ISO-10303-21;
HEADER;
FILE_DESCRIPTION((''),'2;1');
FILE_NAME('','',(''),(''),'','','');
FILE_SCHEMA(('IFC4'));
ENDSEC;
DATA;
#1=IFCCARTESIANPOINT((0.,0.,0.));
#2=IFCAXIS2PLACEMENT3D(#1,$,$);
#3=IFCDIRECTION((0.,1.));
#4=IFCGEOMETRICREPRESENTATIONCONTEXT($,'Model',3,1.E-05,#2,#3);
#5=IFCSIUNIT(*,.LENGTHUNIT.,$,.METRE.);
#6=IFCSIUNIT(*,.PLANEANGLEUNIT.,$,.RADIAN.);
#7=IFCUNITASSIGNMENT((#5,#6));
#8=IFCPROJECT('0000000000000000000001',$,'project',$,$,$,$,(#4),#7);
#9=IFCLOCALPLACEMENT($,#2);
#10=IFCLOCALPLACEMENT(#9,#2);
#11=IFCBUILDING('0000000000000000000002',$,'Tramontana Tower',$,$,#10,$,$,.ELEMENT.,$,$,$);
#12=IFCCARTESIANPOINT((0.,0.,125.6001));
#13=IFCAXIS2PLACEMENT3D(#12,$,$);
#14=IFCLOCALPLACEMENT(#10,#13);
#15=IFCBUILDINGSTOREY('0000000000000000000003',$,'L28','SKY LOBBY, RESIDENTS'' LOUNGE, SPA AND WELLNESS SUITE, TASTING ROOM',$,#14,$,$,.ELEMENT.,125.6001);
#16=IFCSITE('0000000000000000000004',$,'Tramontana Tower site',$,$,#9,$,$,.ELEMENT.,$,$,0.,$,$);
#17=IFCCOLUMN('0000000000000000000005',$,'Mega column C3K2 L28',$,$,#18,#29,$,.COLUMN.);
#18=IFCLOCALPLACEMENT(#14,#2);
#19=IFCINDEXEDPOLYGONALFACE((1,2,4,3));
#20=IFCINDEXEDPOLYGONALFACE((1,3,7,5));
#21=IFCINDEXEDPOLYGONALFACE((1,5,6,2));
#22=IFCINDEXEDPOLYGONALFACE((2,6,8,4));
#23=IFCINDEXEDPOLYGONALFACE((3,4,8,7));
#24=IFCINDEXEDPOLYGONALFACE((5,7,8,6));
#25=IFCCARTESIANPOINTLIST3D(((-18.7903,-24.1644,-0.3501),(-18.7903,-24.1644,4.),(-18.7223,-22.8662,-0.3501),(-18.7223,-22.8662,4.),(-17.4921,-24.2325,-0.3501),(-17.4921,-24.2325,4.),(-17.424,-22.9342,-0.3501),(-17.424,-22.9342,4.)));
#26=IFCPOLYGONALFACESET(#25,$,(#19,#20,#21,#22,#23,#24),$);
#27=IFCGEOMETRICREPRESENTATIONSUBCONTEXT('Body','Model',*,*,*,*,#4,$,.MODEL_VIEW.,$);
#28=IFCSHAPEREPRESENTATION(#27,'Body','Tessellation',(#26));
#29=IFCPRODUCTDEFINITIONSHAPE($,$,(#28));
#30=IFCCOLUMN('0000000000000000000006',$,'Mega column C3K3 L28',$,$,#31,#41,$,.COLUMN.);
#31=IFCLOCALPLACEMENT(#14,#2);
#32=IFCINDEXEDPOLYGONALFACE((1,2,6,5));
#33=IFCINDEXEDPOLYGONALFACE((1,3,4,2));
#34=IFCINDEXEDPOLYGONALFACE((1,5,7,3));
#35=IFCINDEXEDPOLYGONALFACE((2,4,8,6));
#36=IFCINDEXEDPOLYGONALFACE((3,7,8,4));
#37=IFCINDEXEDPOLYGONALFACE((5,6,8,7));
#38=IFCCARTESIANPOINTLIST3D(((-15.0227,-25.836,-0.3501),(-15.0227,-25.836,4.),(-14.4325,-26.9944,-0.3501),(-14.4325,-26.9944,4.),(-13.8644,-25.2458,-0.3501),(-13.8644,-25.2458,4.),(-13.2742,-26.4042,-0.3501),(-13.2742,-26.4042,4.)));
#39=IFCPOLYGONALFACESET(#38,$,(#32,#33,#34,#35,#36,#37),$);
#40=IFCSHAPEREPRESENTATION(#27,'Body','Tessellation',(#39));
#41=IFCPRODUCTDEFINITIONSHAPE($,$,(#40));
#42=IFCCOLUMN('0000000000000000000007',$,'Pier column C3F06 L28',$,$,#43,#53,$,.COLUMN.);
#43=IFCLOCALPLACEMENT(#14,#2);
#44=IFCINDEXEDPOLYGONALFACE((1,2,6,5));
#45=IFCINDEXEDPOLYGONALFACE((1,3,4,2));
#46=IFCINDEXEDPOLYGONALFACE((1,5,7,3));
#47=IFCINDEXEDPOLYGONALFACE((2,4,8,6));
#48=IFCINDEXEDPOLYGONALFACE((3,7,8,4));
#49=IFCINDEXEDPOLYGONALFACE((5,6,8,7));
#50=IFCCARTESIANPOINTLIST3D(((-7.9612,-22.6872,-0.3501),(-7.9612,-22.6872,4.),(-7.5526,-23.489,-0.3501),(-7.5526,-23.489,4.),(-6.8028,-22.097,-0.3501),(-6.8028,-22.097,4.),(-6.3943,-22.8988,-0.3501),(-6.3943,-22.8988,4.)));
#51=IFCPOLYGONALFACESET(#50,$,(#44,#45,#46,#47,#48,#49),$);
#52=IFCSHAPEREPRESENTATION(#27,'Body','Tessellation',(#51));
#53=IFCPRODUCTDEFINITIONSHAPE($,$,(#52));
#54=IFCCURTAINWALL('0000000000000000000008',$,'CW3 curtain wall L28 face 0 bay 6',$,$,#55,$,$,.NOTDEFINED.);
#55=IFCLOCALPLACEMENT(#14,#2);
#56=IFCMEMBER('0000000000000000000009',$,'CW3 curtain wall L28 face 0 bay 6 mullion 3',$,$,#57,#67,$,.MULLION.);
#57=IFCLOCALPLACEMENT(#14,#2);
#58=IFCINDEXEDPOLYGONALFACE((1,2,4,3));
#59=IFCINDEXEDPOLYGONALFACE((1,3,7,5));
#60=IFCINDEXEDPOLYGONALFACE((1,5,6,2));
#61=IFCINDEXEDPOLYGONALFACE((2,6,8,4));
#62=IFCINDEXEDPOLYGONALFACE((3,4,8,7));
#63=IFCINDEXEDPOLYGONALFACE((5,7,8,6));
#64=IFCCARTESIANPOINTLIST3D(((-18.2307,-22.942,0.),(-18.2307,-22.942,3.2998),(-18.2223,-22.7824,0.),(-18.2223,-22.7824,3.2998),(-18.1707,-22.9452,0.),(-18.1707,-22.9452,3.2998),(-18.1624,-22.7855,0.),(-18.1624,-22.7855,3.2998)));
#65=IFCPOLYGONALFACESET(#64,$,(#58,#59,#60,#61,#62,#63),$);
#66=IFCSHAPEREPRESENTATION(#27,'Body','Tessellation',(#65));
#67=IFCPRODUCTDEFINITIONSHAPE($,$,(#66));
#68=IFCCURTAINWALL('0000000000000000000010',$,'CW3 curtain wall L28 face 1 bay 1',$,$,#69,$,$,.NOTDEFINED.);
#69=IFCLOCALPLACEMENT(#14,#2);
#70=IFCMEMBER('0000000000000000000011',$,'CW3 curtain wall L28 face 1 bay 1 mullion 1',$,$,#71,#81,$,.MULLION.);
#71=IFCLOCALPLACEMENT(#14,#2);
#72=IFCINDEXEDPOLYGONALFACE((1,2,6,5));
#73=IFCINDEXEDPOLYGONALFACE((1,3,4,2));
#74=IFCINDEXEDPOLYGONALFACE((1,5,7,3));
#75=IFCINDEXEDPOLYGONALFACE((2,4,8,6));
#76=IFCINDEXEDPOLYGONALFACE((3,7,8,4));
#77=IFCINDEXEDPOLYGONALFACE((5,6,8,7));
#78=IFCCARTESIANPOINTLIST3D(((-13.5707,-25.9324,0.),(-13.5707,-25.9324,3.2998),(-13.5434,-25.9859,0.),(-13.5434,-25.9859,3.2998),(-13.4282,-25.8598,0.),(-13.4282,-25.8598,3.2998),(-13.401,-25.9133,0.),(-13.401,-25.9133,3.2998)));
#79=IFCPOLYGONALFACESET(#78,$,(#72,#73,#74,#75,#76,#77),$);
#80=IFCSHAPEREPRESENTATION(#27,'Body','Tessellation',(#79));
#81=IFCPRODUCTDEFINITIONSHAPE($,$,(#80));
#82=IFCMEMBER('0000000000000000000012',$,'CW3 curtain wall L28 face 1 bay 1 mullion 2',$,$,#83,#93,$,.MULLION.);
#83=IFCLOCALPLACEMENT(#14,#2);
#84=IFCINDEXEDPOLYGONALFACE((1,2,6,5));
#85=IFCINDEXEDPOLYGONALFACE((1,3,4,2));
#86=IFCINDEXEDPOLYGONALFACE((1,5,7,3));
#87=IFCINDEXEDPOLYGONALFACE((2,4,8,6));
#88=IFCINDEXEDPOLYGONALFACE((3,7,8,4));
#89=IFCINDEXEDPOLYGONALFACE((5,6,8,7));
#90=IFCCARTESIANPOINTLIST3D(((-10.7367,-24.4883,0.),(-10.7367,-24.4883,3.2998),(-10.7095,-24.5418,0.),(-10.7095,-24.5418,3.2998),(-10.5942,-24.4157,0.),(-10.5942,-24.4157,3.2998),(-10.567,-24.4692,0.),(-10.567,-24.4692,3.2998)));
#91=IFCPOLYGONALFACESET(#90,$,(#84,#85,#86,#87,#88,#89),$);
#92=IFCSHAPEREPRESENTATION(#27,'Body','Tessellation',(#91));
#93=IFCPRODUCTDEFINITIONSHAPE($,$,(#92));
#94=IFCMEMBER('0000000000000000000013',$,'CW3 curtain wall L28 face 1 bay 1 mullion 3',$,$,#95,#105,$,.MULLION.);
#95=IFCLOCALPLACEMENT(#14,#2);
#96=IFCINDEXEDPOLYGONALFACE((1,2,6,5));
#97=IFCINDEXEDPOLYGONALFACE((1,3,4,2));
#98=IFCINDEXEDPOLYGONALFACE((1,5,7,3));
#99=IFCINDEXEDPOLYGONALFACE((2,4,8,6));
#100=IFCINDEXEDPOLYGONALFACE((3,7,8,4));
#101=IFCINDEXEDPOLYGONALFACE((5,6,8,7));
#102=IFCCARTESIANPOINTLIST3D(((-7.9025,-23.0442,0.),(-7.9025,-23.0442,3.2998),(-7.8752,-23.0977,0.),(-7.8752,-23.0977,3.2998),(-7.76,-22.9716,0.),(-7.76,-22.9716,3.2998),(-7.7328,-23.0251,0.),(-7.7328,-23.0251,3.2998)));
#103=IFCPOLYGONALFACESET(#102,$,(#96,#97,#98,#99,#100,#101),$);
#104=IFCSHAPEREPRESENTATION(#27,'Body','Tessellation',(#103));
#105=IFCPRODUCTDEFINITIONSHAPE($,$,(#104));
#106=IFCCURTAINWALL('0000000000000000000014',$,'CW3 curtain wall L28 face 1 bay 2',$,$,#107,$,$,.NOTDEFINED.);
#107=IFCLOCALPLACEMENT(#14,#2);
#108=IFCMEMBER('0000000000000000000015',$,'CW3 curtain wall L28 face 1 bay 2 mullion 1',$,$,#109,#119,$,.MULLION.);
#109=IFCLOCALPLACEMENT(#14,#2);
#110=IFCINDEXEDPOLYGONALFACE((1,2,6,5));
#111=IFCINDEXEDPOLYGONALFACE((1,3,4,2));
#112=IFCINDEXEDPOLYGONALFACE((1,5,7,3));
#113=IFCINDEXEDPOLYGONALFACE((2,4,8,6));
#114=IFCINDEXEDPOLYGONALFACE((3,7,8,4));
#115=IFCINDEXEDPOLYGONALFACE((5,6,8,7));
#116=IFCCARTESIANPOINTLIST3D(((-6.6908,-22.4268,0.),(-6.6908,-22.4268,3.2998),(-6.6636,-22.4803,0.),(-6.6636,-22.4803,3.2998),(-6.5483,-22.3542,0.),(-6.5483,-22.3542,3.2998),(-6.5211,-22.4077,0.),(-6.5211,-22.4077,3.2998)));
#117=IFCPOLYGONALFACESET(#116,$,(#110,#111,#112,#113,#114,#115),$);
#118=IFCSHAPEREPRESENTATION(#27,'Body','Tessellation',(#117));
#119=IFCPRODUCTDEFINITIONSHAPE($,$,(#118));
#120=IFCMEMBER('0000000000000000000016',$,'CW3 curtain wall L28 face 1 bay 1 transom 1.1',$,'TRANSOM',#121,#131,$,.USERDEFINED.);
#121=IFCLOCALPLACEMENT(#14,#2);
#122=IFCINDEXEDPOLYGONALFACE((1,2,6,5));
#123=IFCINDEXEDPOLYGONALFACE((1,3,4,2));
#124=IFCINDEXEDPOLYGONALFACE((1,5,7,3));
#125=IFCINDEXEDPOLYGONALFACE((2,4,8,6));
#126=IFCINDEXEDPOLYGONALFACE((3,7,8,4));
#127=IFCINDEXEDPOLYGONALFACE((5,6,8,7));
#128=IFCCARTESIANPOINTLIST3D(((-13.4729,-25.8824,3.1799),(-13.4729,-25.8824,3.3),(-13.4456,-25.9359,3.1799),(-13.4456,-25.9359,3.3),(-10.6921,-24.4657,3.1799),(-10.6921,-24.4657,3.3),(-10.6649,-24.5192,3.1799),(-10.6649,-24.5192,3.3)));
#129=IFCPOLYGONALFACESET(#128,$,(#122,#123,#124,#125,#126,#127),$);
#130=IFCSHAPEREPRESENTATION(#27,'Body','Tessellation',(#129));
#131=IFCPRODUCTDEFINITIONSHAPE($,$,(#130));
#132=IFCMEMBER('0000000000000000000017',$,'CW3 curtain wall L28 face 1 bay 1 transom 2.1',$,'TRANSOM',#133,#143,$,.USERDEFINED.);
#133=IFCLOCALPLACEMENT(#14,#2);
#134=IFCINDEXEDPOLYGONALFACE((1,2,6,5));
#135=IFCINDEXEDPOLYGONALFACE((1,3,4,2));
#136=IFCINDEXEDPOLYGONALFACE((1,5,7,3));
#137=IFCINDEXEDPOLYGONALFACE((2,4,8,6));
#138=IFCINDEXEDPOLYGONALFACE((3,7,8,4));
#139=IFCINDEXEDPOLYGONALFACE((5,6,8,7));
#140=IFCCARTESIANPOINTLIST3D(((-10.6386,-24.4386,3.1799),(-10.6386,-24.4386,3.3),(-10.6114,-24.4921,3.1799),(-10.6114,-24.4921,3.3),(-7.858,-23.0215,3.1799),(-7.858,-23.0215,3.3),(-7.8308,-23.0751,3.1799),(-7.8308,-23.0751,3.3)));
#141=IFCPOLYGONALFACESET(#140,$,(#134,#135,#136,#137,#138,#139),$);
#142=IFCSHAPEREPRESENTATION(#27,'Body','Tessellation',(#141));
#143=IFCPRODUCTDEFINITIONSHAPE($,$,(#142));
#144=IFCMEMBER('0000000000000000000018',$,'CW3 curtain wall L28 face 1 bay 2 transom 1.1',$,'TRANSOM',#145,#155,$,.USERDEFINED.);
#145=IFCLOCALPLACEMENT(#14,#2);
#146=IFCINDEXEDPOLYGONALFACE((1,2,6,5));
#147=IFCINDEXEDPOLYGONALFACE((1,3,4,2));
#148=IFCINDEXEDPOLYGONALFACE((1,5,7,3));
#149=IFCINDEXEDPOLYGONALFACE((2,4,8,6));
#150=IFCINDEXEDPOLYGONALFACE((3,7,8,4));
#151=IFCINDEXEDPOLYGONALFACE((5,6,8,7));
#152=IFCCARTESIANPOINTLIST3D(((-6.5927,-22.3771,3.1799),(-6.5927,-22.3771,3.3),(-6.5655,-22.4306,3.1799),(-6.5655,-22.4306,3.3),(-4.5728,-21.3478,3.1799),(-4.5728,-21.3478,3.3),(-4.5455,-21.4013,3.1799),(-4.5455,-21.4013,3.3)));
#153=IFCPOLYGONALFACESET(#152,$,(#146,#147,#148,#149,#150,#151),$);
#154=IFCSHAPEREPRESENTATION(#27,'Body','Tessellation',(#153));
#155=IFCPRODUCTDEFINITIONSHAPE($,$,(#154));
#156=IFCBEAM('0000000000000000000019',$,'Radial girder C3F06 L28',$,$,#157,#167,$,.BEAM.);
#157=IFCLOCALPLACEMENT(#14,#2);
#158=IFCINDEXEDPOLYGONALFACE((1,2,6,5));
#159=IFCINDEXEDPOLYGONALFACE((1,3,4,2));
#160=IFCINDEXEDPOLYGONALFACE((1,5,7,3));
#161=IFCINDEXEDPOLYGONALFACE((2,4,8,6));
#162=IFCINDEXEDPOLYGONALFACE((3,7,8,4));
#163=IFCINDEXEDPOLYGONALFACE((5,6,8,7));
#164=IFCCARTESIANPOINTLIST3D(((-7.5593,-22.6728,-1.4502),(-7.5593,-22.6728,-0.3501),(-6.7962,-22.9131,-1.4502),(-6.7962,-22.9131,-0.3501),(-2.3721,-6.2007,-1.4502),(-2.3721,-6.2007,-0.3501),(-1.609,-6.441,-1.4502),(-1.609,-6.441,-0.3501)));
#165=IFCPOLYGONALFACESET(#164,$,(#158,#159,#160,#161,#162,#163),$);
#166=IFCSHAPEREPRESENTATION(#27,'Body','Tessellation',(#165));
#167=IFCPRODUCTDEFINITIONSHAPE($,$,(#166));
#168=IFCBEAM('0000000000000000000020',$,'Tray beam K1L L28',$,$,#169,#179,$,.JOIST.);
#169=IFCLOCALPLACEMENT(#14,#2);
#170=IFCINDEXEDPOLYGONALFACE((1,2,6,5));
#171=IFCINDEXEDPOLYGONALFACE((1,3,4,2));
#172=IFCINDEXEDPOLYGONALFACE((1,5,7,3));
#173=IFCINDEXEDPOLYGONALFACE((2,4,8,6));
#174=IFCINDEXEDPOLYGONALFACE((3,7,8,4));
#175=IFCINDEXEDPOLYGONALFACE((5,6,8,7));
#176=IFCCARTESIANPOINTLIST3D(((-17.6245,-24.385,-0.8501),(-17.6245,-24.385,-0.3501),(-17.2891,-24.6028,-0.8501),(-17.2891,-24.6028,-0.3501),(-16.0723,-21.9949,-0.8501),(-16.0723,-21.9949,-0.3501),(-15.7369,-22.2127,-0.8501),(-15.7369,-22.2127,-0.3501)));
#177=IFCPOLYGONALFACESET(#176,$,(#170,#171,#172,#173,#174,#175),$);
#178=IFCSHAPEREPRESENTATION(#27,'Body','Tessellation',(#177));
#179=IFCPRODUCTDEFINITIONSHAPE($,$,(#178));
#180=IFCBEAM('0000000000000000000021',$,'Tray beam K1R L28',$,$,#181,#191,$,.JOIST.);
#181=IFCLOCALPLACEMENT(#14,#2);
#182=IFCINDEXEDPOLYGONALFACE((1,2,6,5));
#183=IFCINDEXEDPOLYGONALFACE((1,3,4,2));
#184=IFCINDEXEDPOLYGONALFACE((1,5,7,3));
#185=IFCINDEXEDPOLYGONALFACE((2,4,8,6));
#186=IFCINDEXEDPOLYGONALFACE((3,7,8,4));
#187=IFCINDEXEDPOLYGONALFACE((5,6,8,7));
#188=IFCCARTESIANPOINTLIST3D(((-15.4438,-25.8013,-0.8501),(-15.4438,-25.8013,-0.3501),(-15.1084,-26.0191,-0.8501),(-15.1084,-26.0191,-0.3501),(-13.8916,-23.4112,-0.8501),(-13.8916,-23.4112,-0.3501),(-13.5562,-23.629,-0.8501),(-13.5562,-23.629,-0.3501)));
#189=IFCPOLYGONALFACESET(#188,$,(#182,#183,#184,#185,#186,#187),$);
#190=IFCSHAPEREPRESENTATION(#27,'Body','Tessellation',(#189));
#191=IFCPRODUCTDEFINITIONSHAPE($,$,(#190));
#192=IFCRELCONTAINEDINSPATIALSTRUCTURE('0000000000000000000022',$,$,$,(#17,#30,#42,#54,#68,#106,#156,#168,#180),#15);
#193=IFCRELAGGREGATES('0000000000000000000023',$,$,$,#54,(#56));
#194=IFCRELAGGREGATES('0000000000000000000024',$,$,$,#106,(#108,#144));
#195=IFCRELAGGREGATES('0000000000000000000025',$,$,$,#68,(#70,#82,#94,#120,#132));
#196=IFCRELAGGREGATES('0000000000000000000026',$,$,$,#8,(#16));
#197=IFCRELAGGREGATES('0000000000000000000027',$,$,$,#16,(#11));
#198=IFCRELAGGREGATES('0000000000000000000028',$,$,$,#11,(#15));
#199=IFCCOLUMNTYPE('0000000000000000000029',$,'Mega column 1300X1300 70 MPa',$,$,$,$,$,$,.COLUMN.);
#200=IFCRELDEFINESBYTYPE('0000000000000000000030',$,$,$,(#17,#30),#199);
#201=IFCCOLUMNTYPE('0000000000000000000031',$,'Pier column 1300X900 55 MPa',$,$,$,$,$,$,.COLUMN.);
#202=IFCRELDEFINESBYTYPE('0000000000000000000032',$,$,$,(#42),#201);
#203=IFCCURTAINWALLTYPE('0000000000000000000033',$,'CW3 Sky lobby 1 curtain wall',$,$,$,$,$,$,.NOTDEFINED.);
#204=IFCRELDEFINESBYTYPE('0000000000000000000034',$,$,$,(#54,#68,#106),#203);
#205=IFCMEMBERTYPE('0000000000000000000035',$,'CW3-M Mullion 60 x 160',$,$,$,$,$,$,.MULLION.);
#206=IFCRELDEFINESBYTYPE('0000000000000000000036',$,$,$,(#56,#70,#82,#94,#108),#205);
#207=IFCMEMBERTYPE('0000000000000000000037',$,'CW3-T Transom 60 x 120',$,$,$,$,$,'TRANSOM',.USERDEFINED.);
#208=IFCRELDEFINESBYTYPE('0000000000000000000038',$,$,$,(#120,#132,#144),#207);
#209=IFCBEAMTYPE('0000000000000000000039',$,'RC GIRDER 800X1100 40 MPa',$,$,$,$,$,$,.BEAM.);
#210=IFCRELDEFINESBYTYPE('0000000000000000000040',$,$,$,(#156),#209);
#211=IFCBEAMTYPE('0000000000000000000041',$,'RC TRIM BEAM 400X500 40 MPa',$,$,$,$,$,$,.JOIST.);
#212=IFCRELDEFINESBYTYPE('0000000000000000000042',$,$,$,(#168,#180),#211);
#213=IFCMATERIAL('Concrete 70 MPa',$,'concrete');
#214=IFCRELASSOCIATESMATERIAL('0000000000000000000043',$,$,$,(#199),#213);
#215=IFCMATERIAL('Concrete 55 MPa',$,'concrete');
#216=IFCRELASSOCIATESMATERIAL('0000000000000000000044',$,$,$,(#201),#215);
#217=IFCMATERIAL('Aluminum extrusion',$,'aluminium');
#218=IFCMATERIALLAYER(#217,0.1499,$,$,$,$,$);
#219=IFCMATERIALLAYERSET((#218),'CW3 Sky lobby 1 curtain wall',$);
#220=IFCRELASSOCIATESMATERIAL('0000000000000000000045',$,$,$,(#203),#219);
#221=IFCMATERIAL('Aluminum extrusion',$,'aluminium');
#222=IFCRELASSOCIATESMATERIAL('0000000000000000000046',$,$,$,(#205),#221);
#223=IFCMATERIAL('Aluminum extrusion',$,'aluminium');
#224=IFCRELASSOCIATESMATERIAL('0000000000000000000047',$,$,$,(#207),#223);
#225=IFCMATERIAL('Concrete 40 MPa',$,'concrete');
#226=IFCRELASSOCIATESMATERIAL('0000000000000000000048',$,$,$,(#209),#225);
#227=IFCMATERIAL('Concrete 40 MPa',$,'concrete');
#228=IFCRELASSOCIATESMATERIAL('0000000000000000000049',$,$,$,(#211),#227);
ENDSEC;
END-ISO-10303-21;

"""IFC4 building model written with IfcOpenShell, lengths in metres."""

from ifc_helpers import new_model, si_unit, direction, frame, origin, origin_2d, place, context, subcontext, project, spatial, rectangle, extrude, material, layer, layer_set, material_profile, profile_set, type_object, element, aggregate, save


model = new_model("IFC4")

# Units and contexts
model_context = context("Model", 3, precision=1e-05, world=origin(), true_north=direction((0.0, 1.0)))
body_context = subcontext(model_context, "Body", "Model", "MODEL_VIEW")
ifc_project = project(units=[si_unit("LENGTHUNIT", "METRE"), si_unit("PLANEANGLEUNIT", "RADIAN")], contexts=[model_context])

# Site, building, storey
site_placement = place(None, origin())
site = spatial("IfcSite", under=ifc_project, at=site_placement, Name="Tramontana Tower site", CompositionType="ELEMENT", RefElevation=0.0)
building_placement = place(site_placement, origin())
building = spatial("IfcBuilding", under=site, at=building_placement, Name="Tramontana Tower", CompositionType="ELEMENT")
storey_placement = place(building_placement, frame((0.0, 0.0, 125.6001)))
storey = spatial("IfcBuildingStorey", under=building, at=storey_placement, Name="L28", Description="SKY LOBBY, RESIDENTS' LOUNGE, SPA AND WELLNESS SUITE, TASTING ROOM", CompositionType="ELEMENT", Elevation=125.6001)

# Columns
ifc_material_1 = material(Name="Concrete 70 MPa", Category="concrete")
ifc_material_profile_1 = material_profile(ifc_material_1, rectangle(XDim=1.3, YDim=1.3, at=origin_2d()), Name="Mega column 1300X1300 70 MPa")
ifc_profile_set_1 = profile_set([ifc_material_profile_1], Name="Concrete 70 MPa")
column_type_1 = type_object("IfcColumnType", Name="Mega column 1300X1300 70 MPa", PredefinedType="COLUMN", material=ifc_profile_set_1)
for number, where, z_axis, x_axis, name in (
    (1, (-18.1072, -23.5493, -0.3501), (0.0, 0.0, 1.0), (-0.052336, -0.99863, 0.0), "Mega column C3K2 L28"),
    (2, (-14.1484, -26.1201, -0.3501), (0.0, 0.0, 1.0), (0.891007, 0.45399, 0.0), "Mega column C3K3 L28"),
):
    element("IfcColumn", number, at=place(storey_placement, frame(where, z_axis=z_axis, x_axis=x_axis)), inside=storey, type_object=column_type_1, Name=name, PredefinedType="COLUMN", context=body_context, shape_type="SweptSolid", body=[
        extrude(rectangle(XDim=1.3, YDim=1.3, at=origin_2d()), origin(), (0.0, 0.0, 1.0), 4.3501),
    ])
ifc_material_2 = material(Name="Concrete 55 MPa", Category="concrete")
ifc_material_profile_2 = material_profile(ifc_material_2, rectangle(XDim=1.3, YDim=0.8999, at=origin_2d()), Name="Pier column 1300X900 55 MPa")
ifc_profile_set_2 = profile_set([ifc_material_profile_2], Name="Concrete 55 MPa")
column_type_2 = type_object("IfcColumnType", Name="Pier column 1300X900 55 MPa", PredefinedType="COLUMN", material=ifc_profile_set_2)
column_placement = place(storey_placement, frame((-7.1777, -22.793, -0.3501), z_axis=(0.0, 0.0, 1.0), x_axis=(0.891007, 0.45399, 0.0)))
element("IfcColumn", 3, at=column_placement, inside=storey, type_object=column_type_2, Name="Pier column C3F06 L28", PredefinedType="COLUMN", context=body_context, shape_type="SweptSolid", body=[
    extrude(rectangle(XDim=1.3, YDim=0.8999, at=origin_2d()), origin(), (0.0, 0.0, 1.0), 4.3501),
])

# Curtain wall, member
ifc_material_3 = material(Name="Aluminum extrusion", Category="aluminium")
ifc_layer_1 = layer(ifc_material_3, 0.1499)
ifc_layer_set_1 = layer_set([ifc_layer_1], Name="CW3 Sky lobby 1 curtain wall")
curtain_wall_type = type_object("IfcCurtainWallType", Name="CW3 Sky lobby 1 curtain wall", PredefinedType="NOTDEFINED", material=ifc_layer_set_1)
curtain_wall_1_placement = place(storey_placement, origin())
curtain_wall_1 = element("IfcCurtainWall", 4, at=curtain_wall_1_placement, inside=storey, type_object=curtain_wall_type, Name="CW3 curtain wall L28 face 0 bay 6", PredefinedType="NOTDEFINED")
ifc_material_4 = material(Name="Aluminum extrusion", Category="aluminium")
ifc_material_profile_3 = material_profile(ifc_material_4, rectangle(XDim=0.0601, YDim=0.1599, at=origin_2d()), Name="CW3-M Mullion 60 x 160")
ifc_profile_set_3 = profile_set([ifc_material_profile_3], Name="Aluminum extrusion")
member_type_1 = type_object("IfcMemberType", Name="CW3-M Mullion 60 x 160", PredefinedType="MULLION", material=ifc_profile_set_3)
member_1_placement = place(storey_placement, frame((-18.1965, -22.8638, 0.0), z_axis=(0.0, 0.0, 1.0), x_axis=(0.99863, -0.052336, 0.0)))
member_1 = element("IfcMember", 5, at=member_1_placement, type_object=member_type_1, Name="CW3 curtain wall L28 face 0 bay 6 mullion 3", PredefinedType="MULLION", context=body_context, shape_type="SweptSolid", body=[
    extrude(rectangle(XDim=0.0601, YDim=0.1599, at=origin_2d()), origin(), (0.0, 0.0, 1.0), 3.2998),
])
aggregate(curtain_wall_1, [member_1])

# Curtain wall, members
curtain_wall_2_placement = place(storey_placement, origin())
curtain_wall_2 = element("IfcCurtainWall", 6, at=curtain_wall_2_placement, inside=storey, type_object=curtain_wall_type, Name="CW3 curtain wall L28 face 1 bay 1", PredefinedType="NOTDEFINED")
member_2_placement = place(storey_placement, frame((-13.4858, -25.9229, 0.0), z_axis=(0.0, 0.0, 1.0), x_axis=(-0.45399, 0.891007, 0.0)))
member_2 = element("IfcMember", 7, at=member_2_placement, type_object=member_type_1, Name="CW3 curtain wall L28 face 1 bay 1 mullion 1", PredefinedType="MULLION", context=body_context, shape_type="SweptSolid", body=[
    extrude(rectangle(XDim=0.0601, YDim=0.1599, at=origin_2d()), origin(), (0.0, 0.0, 1.0), 3.2998),
])
member_3_placement = place(storey_placement, frame((-10.6519, -24.4788, 0.0), z_axis=(0.0, 0.0, 1.0), x_axis=(-0.45399, 0.891007, 0.0)))
member_3 = element("IfcMember", 8, at=member_3_placement, type_object=member_type_1, Name="CW3 curtain wall L28 face 1 bay 1 mullion 2", PredefinedType="MULLION", context=body_context, shape_type="SweptSolid", body=[
    extrude(rectangle(XDim=0.0601, YDim=0.1599, at=origin_2d()), origin(), (0.0, 0.0, 1.0), 3.2998),
])
member_4_placement = place(storey_placement, frame((-7.8176, -23.0347, 0.0), z_axis=(0.0, 0.0, 1.0), x_axis=(-0.45399, 0.891007, 0.0)))
member_4 = element("IfcMember", 9, at=member_4_placement, type_object=member_type_1, Name="CW3 curtain wall L28 face 1 bay 1 mullion 3", PredefinedType="MULLION", context=body_context, shape_type="SweptSolid", body=[
    extrude(rectangle(XDim=0.0601, YDim=0.1599, at=origin_2d()), origin(), (0.0, 0.0, 1.0), 3.2998),
])

# Curtain wall, member
curtain_wall_3_placement = place(storey_placement, origin())
curtain_wall_3 = element("IfcCurtainWall", 10, at=curtain_wall_3_placement, inside=storey, type_object=curtain_wall_type, Name="CW3 curtain wall L28 face 1 bay 2", PredefinedType="NOTDEFINED")
member_5_placement = place(storey_placement, frame((-6.606, -22.4172, 0.0), z_axis=(0.0, 0.0, 1.0), x_axis=(-0.45399, 0.891007, 0.0)))
member_5 = element("IfcMember", 11, at=member_5_placement, type_object=member_type_1, Name="CW3 curtain wall L28 face 1 bay 2 mullion 1", PredefinedType="MULLION", context=body_context, shape_type="SweptSolid", body=[
    extrude(rectangle(XDim=0.0601, YDim=0.1599, at=origin_2d()), origin(), (0.0, 0.0, 1.0), 3.2998),
])

# Members
ifc_material_5 = material(Name="Aluminum extrusion", Category="aluminium")
ifc_material_profile_4 = material_profile(ifc_material_5, rectangle(XDim=0.0601, YDim=0.1201, at=origin_2d()), Name="CW3-T Transom 60 x 120")
ifc_profile_set_4 = profile_set([ifc_material_profile_4], Name="Aluminum extrusion")
member_type_2 = type_object("IfcMemberType", Name="CW3-T Transom 60 x 120", ElementType="TRANSOM", PredefinedType="USERDEFINED", material=ifc_profile_set_4)
member_6_placement = place(storey_placement, frame((-13.4592, -25.9092, 3.24), z_axis=(0.891022, 0.45396, 0.0), x_axis=(-0.45396, 0.891022, 0.0)))
member_6 = element("IfcMember", 12, at=member_6_placement, type_object=member_type_2, Name="CW3 curtain wall L28 face 1 bay 1 transom 1.1", ObjectType="TRANSOM", PredefinedType="USERDEFINED", context=body_context, shape_type="SweptSolid", body=[
    extrude(rectangle(XDim=0.0601, YDim=0.1201, at=origin_2d()), origin(), (0.0, 0.0, 1.0), 3.1208),
])
member_7_placement = place(storey_placement, frame((-10.625, -24.4653, 3.24), z_axis=(0.890974, 0.454054, 0.0), x_axis=(-0.454054, 0.890974, 0.0)))
member_7 = element("IfcMember", 13, at=member_7_placement, type_object=member_type_2, Name="CW3 curtain wall L28 face 1 bay 1 transom 2.1", ObjectType="TRANSOM", PredefinedType="USERDEFINED", context=body_context, shape_type="SweptSolid", body=[
    extrude(rectangle(XDim=0.0601, YDim=0.1201, at=origin_2d()), origin(), (0.0, 0.0, 1.0), 3.1208),
])
member_8_placement = place(storey_placement, frame((-6.5791, -22.4038, 3.24), z_axis=(0.890998, 0.454006, 0.0), x_axis=(-0.454006, 0.890998, 0.0)))
member_8 = element("IfcMember", 14, at=member_8_placement, type_object=member_type_2, Name="CW3 curtain wall L28 face 1 bay 2 transom 1.1", ObjectType="TRANSOM", PredefinedType="USERDEFINED", context=body_context, shape_type="SweptSolid", body=[
    extrude(rectangle(XDim=0.0601, YDim=0.1201, at=origin_2d()), origin(), (0.0, 0.0, 1.0), 2.2671),
])
aggregate(curtain_wall_3, [member_5, member_8])

# Beams
ifc_material_6 = material(Name="Concrete 40 MPa", Category="concrete")
ifc_material_profile_5 = material_profile(ifc_material_6, rectangle(XDim=0.8, YDim=1.1001, at=origin_2d()), Name="RC GIRDER 800X1100 40 MPa")
ifc_profile_set_5 = profile_set([ifc_material_profile_5], Name="Concrete 40 MPa")
beam_type_1 = type_object("IfcBeamType", Name="RC GIRDER 800X1100 40 MPa", PredefinedType="BEAM", material=ifc_profile_set_5)
beam_placement = place(storey_placement, frame((-7.1777, -22.793, -0.9001), z_axis=(0.300369, 0.953823, 0.0), x_axis=(-0.953823, 0.300369, 0.0)))
element("IfcBeam", 15, at=beam_placement, inside=storey, type_object=beam_type_1, Name="Radial girder C3F06 L28", PredefinedType="BEAM", context=body_context, shape_type="SweptSolid", body=[
    extrude(rectangle(XDim=0.8, YDim=1.1001, at=origin_2d()), origin(), (0.0, 0.0, 1.0), 17.2695),
])
ifc_material_7 = material(Name="Concrete 40 MPa", Category="concrete")
ifc_material_profile_6 = material_profile(ifc_material_7, rectangle(XDim=0.3999, YDim=0.5, at=origin_2d()), Name="RC TRIM BEAM 400X500 40 MPa")
ifc_profile_set_6 = profile_set([ifc_material_profile_6], Name="Concrete 40 MPa")
beam_type_2 = type_object("IfcBeamType", Name="RC TRIM BEAM 400X500 40 MPa", PredefinedType="JOIST", material=ifc_profile_set_6)
for number, where, z_axis, x_axis, name in (
    (16, (-17.4568, -24.4939, -0.6001), (0.544657, 0.838659, 0.0), (-0.838659, 0.544657, 0.0), "Tray beam K1L L28"),
    (17, (-15.2761, -25.9102, -0.6001), (0.544657, 0.838659, 0.0), (-0.838659, 0.544657, 0.0), "Tray beam K1R L28"),
):
    element("IfcBeam", number, at=place(storey_placement, frame(where, z_axis=z_axis, x_axis=x_axis)), inside=storey, type_object=beam_type_2, Name=name, PredefinedType="JOIST", context=body_context, shape_type="SweptSolid", body=[
        extrude(rectangle(XDim=0.3999, YDim=0.5, at=origin_2d()), origin(), (0.0, 0.0, 1.0), 2.8499),
    ])

aggregate(curtain_wall_2, [member_2, member_3, member_4, member_6, member_7])

save(model, "model.ifc")
